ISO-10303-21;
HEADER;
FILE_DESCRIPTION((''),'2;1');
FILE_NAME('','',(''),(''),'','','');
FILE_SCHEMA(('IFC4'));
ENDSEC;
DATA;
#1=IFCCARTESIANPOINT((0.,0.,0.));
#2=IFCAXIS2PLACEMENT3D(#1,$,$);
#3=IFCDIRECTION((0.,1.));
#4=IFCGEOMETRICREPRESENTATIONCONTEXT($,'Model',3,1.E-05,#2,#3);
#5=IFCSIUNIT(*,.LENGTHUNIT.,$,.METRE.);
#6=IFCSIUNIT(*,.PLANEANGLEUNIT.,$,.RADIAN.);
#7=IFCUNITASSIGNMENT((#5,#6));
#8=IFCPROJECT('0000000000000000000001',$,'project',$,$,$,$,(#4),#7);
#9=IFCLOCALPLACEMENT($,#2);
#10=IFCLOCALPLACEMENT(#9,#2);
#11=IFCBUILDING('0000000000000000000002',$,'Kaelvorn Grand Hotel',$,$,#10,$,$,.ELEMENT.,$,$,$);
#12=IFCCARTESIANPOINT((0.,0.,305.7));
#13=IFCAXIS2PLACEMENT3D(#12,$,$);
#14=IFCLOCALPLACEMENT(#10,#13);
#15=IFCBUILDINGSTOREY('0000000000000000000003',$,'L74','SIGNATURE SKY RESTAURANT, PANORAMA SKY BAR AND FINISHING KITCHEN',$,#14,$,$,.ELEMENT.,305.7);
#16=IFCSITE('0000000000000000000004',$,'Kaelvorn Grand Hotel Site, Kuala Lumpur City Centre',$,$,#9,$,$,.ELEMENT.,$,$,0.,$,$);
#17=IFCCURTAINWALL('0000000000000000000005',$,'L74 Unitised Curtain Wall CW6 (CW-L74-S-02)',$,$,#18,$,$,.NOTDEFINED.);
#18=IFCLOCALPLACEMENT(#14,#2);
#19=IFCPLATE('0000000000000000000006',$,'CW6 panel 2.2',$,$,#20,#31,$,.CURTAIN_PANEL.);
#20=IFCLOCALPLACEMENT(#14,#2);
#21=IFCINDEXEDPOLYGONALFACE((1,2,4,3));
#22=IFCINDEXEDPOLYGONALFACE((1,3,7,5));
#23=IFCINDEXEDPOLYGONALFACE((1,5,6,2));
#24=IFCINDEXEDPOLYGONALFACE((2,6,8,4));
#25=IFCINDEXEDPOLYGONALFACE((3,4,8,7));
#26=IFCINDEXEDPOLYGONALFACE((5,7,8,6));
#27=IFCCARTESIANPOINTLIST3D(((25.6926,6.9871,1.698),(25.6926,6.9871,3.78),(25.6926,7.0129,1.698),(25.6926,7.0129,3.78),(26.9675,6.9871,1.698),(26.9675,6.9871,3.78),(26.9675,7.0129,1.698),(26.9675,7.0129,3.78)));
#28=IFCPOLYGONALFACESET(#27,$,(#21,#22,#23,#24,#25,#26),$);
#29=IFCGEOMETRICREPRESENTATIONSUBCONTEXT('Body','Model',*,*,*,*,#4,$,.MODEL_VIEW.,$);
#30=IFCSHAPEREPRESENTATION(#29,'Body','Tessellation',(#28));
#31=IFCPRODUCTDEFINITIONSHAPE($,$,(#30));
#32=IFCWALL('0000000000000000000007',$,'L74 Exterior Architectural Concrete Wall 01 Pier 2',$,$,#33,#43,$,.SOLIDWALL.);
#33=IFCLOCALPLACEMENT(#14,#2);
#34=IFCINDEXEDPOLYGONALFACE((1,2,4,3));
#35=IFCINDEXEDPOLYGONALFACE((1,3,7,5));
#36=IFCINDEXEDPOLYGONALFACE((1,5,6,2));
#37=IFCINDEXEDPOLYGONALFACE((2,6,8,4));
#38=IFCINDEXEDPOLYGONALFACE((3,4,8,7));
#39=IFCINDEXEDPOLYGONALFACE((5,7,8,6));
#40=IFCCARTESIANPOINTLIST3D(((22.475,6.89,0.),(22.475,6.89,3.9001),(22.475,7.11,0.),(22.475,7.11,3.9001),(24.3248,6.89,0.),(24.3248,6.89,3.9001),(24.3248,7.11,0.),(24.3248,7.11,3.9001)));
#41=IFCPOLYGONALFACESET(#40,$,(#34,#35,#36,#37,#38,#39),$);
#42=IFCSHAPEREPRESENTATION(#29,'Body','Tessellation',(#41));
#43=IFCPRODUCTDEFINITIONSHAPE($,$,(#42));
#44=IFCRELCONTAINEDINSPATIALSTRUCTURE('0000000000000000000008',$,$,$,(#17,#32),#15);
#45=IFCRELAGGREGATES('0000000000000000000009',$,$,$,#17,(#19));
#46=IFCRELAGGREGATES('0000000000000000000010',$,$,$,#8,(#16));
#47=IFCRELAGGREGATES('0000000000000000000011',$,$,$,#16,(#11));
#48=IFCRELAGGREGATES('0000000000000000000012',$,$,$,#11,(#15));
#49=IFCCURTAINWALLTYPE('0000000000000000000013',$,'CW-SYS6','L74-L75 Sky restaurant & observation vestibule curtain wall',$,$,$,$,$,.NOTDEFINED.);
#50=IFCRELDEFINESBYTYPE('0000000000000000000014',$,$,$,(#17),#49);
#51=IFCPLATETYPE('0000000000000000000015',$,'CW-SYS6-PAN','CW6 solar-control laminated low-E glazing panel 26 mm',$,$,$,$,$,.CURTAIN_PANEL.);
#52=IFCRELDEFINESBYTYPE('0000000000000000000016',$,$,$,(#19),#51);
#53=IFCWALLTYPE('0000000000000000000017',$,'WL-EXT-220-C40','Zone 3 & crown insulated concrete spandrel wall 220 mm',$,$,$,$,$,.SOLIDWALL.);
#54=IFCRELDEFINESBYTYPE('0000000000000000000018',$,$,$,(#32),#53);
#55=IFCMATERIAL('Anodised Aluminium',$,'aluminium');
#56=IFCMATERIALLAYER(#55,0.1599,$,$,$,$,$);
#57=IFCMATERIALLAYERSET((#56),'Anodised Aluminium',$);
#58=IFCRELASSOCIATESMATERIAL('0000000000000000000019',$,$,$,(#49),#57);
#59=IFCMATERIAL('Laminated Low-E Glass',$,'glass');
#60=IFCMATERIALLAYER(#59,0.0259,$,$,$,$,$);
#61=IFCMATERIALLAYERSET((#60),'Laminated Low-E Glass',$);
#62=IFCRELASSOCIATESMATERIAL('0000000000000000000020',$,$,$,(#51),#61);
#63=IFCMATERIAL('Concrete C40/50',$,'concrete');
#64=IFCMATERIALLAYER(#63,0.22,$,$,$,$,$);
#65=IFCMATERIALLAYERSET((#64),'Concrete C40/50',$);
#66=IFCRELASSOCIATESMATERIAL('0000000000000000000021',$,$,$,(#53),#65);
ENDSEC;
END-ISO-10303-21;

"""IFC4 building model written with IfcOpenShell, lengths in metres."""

from ifc_helpers import new_model, si_unit, direction, frame, frame_2d, origin, origin_2d, place, context, subcontext, project, spatial, rectangle, extrude, material, layer, layer_set, type_object, element, aggregate, save


model = new_model("IFC4")

# Units and contexts
model_context = context("Model", 3, precision=1e-05, world=origin(), true_north=direction((0.0, 1.0)))
body_context = subcontext(model_context, "Body", "Model", "MODEL_VIEW")
ifc_project = project(units=[si_unit("LENGTHUNIT", "METRE"), si_unit("PLANEANGLEUNIT", "RADIAN")], contexts=[model_context])

# Site, building, storey
site_placement = place(None, origin())
site = spatial("IfcSite", under=ifc_project, at=site_placement, Name="Kaelvorn Grand Hotel Site, Kuala Lumpur City Centre", CompositionType="ELEMENT", RefElevation=0.0)
building_placement = place(site_placement, origin())
building = spatial("IfcBuilding", under=site, at=building_placement, Name="Kaelvorn Grand Hotel", CompositionType="ELEMENT")
storey_placement = place(building_placement, frame((0.0, 0.0, 305.7)))
storey = spatial("IfcBuildingStorey", under=building, at=storey_placement, Name="L74", Description="SIGNATURE SKY RESTAURANT, PANORAMA SKY BAR AND FINISHING KITCHEN", CompositionType="ELEMENT", Elevation=305.7)

# Shared definitions
ifc_material_1 = material(Name="Anodised Aluminium", Category="aluminium")
ifc_layer_1 = layer(ifc_material_1, 0.1599)
ifc_layer_set_1 = layer_set([ifc_layer_1], Name="Anodised Aluminium")
curtain_wall_type = type_object("IfcCurtainWallType", Name="CW-SYS6", Description="L74-L75 Sky restaurant & observation vestibule curtain wall", PredefinedType="NOTDEFINED", material=ifc_layer_set_1)

# Curtain wall
curtain_wall_1_placement = place(storey_placement, origin())
curtain_wall_1 = element("IfcCurtainWall", 1, at=curtain_wall_1_placement, inside=storey, type_object=curtain_wall_type, Name="L74 Unitised Curtain Wall CW6 (CW-L74-S-02)", PredefinedType="NOTDEFINED")

# Plate
ifc_material_2 = material(Name="Laminated Low-E Glass", Category="glass")
ifc_layer_2 = layer(ifc_material_2, 0.0259)
ifc_layer_set_2 = layer_set([ifc_layer_2], Name="Laminated Low-E Glass")
plate_type = type_object("IfcPlateType", Name="CW-SYS6-PAN", Description="CW6 solar-control laminated low-E glazing panel 26 mm", PredefinedType="CURTAIN_PANEL", material=ifc_layer_set_2)
plate_1_placement = place(storey_placement, frame((26.3301, 7.0, 1.698), z_axis=(0.0, 0.0, 1.0), x_axis=(1.0, 0.0, 0.0)))
plate_1 = element("IfcPlate", 2, at=plate_1_placement, type_object=plate_type, Name="CW6 panel 2.2", PredefinedType="CURTAIN_PANEL", context=body_context, shape_type="SweptSolid", body=[
    extrude(rectangle(XDim=1.2749, YDim=0.0259, at=origin_2d()), origin(), (0.0, 0.0, 1.0), 2.082),
])
aggregate(curtain_wall_1, [plate_1])

# Wall
ifc_material_3 = material(Name="Concrete C40/50", Category="concrete")
ifc_layer_3 = layer(ifc_material_3, 0.22)
ifc_layer_set_3 = layer_set([ifc_layer_3], Name="Concrete C40/50")
wall_type = type_object("IfcWallType", Name="WL-EXT-220-C40", Description="Zone 3 & crown insulated concrete spandrel wall 220 mm", PredefinedType="SOLIDWALL", material=ifc_layer_set_3)
wall_placement = place(storey_placement, frame((22.4751, 7.0, 0.0), z_axis=(0.0, 0.0, 1.0), x_axis=(1.0, 0.0, 0.0)))
element("IfcWall", 3, at=wall_placement, inside=storey, type_object=wall_type, Name="L74 Exterior Architectural Concrete Wall 01 Pier 2", PredefinedType="SOLIDWALL", context=body_context, shape_type="SweptSolid", body=[
    extrude(rectangle(XDim=1.8499, YDim=0.22, at=frame_2d((0.9248, 0.0))), origin(), (0.0, 0.0, 1.0), 3.9001),
])

save(model, "model.ifc")
